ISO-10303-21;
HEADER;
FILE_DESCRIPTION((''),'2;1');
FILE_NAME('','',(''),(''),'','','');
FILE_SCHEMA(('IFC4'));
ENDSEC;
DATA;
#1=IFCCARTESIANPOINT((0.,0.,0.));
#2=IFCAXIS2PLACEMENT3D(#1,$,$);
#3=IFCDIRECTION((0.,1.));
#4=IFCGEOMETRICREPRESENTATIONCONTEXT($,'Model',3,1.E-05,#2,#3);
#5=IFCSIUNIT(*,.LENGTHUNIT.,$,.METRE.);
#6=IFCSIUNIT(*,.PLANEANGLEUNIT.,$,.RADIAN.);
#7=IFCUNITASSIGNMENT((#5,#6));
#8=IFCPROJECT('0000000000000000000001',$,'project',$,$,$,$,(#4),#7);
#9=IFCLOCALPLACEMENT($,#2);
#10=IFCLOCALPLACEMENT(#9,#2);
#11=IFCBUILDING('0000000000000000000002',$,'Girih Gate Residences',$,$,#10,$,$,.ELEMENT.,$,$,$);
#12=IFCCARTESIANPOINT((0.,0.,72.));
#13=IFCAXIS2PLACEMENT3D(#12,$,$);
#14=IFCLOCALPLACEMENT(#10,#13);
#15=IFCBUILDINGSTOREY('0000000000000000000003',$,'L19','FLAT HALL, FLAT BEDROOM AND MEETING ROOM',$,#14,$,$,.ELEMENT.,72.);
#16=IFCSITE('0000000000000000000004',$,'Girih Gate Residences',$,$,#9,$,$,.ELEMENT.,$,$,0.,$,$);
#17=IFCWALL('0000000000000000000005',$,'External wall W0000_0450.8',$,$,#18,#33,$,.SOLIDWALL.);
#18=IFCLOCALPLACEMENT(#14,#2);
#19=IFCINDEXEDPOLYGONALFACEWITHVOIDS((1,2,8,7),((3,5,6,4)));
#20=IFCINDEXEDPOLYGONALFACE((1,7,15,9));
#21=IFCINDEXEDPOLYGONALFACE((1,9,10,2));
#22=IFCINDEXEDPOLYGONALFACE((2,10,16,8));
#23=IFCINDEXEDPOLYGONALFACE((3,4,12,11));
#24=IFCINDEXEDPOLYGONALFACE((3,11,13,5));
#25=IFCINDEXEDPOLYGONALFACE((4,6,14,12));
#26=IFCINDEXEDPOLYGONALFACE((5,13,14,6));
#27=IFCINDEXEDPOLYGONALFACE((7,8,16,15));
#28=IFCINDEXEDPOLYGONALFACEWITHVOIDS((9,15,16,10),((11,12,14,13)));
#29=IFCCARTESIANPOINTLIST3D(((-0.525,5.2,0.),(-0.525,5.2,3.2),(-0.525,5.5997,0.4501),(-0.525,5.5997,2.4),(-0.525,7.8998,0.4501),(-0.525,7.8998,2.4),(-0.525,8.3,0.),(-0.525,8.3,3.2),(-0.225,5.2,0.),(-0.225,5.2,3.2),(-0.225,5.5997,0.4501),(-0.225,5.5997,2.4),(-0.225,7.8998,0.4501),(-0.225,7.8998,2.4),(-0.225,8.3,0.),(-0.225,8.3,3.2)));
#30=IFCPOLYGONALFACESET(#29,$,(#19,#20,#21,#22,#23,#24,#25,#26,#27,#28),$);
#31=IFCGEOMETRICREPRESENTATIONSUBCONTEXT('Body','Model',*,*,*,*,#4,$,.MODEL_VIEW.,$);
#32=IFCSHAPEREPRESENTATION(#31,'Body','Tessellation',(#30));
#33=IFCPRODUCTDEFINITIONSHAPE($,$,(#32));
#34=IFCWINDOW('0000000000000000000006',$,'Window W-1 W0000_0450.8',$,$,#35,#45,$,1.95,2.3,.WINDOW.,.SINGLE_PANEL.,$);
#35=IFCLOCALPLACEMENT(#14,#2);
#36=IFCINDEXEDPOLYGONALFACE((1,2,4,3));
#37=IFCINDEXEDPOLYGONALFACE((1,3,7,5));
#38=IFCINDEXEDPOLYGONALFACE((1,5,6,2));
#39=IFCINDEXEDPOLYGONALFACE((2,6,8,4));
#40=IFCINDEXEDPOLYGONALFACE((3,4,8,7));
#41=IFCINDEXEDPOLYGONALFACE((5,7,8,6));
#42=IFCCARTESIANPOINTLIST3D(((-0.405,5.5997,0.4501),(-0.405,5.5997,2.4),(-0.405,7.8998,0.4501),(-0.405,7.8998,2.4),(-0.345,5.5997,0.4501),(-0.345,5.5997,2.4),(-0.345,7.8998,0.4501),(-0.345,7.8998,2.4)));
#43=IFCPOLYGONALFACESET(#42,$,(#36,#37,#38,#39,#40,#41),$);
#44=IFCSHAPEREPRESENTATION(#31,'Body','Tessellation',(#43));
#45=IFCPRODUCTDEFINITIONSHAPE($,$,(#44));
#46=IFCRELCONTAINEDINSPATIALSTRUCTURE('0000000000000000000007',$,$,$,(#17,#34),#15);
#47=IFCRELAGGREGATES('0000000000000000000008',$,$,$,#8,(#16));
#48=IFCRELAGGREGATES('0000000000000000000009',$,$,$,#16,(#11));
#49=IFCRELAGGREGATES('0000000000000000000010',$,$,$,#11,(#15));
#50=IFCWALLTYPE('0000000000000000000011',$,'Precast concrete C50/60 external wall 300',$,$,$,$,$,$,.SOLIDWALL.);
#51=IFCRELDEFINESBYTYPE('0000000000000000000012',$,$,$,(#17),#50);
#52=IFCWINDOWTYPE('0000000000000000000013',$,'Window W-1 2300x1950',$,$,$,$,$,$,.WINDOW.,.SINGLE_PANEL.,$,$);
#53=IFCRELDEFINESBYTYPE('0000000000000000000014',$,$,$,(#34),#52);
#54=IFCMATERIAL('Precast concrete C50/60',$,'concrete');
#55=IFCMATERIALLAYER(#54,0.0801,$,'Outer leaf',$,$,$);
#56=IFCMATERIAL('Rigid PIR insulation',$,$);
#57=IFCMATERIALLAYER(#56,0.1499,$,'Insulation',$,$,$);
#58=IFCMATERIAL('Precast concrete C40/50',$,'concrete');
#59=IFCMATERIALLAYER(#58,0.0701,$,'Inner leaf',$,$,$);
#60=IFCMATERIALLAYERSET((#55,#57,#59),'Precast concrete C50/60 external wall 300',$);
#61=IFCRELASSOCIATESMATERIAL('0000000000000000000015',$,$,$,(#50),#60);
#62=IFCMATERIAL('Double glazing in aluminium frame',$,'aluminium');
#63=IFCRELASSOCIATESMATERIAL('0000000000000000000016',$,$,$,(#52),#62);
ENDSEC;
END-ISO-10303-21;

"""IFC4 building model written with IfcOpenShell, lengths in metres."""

from ifc_helpers import new_model, si_unit, direction, frame, frame_2d, origin, place, context, subcontext, project, spatial, rectangle, extrude, material, layer, layer_set, type_object, element, fill, save


model = new_model("IFC4")

# Units and contexts
model_context = context("Model", 3, precision=1e-05, world=origin(), true_north=direction((0.0, 1.0)))
body_context = subcontext(model_context, "Body", "Model", "MODEL_VIEW")
ifc_project = project(units=[si_unit("LENGTHUNIT", "METRE"), si_unit("PLANEANGLEUNIT", "RADIAN")], contexts=[model_context])

# Site, building, storey
site_placement = place(None, origin())
site = spatial("IfcSite", under=ifc_project, at=site_placement, Name="Girih Gate Residences", CompositionType="ELEMENT", RefElevation=0.0)
building_placement = place(site_placement, origin())
building = spatial("IfcBuilding", under=site, at=building_placement, Name="Girih Gate Residences", CompositionType="ELEMENT")
storey_placement = place(building_placement, frame((0.0, 0.0, 72.0)))
storey = spatial("IfcBuildingStorey", under=building, at=storey_placement, Name="L19", Description="FLAT HALL, FLAT BEDROOM AND MEETING ROOM", CompositionType="ELEMENT", Elevation=72.0)

# Wall, opening, window
ifc_material_1 = material(Name="Precast concrete C50/60", Category="concrete")
ifc_layer_1 = layer(ifc_material_1, 0.0801, Name="Outer leaf")
ifc_material_2 = material(Name="Rigid PIR insulation")
ifc_layer_2 = layer(ifc_material_2, 0.1499, Name="Insulation")
ifc_material_3 = material(Name="Precast concrete C40/50", Category="concrete")
ifc_layer_3 = layer(ifc_material_3, 0.0701, Name="Inner leaf")
ifc_layer_set_1 = layer_set([ifc_layer_1, ifc_layer_2, ifc_layer_3], Name="Precast concrete C50/60 external wall 300")
wall_type_1 = type_object("IfcWallType", Name="Precast concrete C50/60 external wall 300", PredefinedType="SOLIDWALL", material=ifc_layer_set_1)
ifc_material_4 = material(Name="Double glazing in aluminium frame", Category="aluminium")
window_type = type_object("IfcWindowType", Name="Window W-1 2300x1950", PartitioningType="SINGLE_PANEL", PredefinedType="WINDOW", material=ifc_material_4)
wall_1_placement = place(storey_placement, frame((-0.375, 5.2, 0.0), z_axis=(0.0, 0.0, 1.0), x_axis=(0.0, 1.0, 0.0)))
wall_1 = element("IfcWall", 1, at=wall_1_placement, inside=storey, type_object=wall_type_1, Name="External wall W0000_0450.8", PredefinedType="SOLIDWALL", context=body_context, shape_type="SweptSolid", body=[
    extrude(rectangle(XDim=3.1001, YDim=0.3, at=frame_2d((1.55, 0.0))), origin(), (0.0, 0.0, 1.0), 3.2),
])
opening_1_placement = place(wall_1_placement, frame((0.3999, 0.0, 0.45)))
opening_1 = element("IfcOpeningElement", 2, at=opening_1_placement, cuts=wall_1, PredefinedType="OPENING", context=body_context, shape_type="SweptSolid", body=[
    extrude(rectangle(XDim=2.3, YDim=1.95, at=frame_2d((1.1499, 0.9751))), frame((0.0, 0.1599, 0.0), z_axis=(0.0, -1.0, 0.0), x_axis=(1.0, 0.0, 0.0)), (0.0, 0.0, 1.0), 0.3201),
])
window_1_placement = place(opening_1_placement, origin())
window_1 = element("IfcWindow", 3, at=window_1_placement, inside=storey, type_object=window_type, Name="Window W-1 W0000_0450.8", OverallHeight=1.95, OverallWidth=2.3, PartitioningType="SINGLE_PANEL", PredefinedType="WINDOW", context=body_context, shape_type="SweptSolid", body=[
    extrude(rectangle(XDim=2.3, YDim=1.95, at=frame_2d((1.1499, 0.9751))), frame((0.0, 0.03, 0.0), z_axis=(0.0, -1.0, 0.0), x_axis=(1.0, 0.0, 0.0)), (0.0, 0.0, 1.0), 0.0601),
])
fill(opening_1, window_1)

save(model, "model.ifc")
